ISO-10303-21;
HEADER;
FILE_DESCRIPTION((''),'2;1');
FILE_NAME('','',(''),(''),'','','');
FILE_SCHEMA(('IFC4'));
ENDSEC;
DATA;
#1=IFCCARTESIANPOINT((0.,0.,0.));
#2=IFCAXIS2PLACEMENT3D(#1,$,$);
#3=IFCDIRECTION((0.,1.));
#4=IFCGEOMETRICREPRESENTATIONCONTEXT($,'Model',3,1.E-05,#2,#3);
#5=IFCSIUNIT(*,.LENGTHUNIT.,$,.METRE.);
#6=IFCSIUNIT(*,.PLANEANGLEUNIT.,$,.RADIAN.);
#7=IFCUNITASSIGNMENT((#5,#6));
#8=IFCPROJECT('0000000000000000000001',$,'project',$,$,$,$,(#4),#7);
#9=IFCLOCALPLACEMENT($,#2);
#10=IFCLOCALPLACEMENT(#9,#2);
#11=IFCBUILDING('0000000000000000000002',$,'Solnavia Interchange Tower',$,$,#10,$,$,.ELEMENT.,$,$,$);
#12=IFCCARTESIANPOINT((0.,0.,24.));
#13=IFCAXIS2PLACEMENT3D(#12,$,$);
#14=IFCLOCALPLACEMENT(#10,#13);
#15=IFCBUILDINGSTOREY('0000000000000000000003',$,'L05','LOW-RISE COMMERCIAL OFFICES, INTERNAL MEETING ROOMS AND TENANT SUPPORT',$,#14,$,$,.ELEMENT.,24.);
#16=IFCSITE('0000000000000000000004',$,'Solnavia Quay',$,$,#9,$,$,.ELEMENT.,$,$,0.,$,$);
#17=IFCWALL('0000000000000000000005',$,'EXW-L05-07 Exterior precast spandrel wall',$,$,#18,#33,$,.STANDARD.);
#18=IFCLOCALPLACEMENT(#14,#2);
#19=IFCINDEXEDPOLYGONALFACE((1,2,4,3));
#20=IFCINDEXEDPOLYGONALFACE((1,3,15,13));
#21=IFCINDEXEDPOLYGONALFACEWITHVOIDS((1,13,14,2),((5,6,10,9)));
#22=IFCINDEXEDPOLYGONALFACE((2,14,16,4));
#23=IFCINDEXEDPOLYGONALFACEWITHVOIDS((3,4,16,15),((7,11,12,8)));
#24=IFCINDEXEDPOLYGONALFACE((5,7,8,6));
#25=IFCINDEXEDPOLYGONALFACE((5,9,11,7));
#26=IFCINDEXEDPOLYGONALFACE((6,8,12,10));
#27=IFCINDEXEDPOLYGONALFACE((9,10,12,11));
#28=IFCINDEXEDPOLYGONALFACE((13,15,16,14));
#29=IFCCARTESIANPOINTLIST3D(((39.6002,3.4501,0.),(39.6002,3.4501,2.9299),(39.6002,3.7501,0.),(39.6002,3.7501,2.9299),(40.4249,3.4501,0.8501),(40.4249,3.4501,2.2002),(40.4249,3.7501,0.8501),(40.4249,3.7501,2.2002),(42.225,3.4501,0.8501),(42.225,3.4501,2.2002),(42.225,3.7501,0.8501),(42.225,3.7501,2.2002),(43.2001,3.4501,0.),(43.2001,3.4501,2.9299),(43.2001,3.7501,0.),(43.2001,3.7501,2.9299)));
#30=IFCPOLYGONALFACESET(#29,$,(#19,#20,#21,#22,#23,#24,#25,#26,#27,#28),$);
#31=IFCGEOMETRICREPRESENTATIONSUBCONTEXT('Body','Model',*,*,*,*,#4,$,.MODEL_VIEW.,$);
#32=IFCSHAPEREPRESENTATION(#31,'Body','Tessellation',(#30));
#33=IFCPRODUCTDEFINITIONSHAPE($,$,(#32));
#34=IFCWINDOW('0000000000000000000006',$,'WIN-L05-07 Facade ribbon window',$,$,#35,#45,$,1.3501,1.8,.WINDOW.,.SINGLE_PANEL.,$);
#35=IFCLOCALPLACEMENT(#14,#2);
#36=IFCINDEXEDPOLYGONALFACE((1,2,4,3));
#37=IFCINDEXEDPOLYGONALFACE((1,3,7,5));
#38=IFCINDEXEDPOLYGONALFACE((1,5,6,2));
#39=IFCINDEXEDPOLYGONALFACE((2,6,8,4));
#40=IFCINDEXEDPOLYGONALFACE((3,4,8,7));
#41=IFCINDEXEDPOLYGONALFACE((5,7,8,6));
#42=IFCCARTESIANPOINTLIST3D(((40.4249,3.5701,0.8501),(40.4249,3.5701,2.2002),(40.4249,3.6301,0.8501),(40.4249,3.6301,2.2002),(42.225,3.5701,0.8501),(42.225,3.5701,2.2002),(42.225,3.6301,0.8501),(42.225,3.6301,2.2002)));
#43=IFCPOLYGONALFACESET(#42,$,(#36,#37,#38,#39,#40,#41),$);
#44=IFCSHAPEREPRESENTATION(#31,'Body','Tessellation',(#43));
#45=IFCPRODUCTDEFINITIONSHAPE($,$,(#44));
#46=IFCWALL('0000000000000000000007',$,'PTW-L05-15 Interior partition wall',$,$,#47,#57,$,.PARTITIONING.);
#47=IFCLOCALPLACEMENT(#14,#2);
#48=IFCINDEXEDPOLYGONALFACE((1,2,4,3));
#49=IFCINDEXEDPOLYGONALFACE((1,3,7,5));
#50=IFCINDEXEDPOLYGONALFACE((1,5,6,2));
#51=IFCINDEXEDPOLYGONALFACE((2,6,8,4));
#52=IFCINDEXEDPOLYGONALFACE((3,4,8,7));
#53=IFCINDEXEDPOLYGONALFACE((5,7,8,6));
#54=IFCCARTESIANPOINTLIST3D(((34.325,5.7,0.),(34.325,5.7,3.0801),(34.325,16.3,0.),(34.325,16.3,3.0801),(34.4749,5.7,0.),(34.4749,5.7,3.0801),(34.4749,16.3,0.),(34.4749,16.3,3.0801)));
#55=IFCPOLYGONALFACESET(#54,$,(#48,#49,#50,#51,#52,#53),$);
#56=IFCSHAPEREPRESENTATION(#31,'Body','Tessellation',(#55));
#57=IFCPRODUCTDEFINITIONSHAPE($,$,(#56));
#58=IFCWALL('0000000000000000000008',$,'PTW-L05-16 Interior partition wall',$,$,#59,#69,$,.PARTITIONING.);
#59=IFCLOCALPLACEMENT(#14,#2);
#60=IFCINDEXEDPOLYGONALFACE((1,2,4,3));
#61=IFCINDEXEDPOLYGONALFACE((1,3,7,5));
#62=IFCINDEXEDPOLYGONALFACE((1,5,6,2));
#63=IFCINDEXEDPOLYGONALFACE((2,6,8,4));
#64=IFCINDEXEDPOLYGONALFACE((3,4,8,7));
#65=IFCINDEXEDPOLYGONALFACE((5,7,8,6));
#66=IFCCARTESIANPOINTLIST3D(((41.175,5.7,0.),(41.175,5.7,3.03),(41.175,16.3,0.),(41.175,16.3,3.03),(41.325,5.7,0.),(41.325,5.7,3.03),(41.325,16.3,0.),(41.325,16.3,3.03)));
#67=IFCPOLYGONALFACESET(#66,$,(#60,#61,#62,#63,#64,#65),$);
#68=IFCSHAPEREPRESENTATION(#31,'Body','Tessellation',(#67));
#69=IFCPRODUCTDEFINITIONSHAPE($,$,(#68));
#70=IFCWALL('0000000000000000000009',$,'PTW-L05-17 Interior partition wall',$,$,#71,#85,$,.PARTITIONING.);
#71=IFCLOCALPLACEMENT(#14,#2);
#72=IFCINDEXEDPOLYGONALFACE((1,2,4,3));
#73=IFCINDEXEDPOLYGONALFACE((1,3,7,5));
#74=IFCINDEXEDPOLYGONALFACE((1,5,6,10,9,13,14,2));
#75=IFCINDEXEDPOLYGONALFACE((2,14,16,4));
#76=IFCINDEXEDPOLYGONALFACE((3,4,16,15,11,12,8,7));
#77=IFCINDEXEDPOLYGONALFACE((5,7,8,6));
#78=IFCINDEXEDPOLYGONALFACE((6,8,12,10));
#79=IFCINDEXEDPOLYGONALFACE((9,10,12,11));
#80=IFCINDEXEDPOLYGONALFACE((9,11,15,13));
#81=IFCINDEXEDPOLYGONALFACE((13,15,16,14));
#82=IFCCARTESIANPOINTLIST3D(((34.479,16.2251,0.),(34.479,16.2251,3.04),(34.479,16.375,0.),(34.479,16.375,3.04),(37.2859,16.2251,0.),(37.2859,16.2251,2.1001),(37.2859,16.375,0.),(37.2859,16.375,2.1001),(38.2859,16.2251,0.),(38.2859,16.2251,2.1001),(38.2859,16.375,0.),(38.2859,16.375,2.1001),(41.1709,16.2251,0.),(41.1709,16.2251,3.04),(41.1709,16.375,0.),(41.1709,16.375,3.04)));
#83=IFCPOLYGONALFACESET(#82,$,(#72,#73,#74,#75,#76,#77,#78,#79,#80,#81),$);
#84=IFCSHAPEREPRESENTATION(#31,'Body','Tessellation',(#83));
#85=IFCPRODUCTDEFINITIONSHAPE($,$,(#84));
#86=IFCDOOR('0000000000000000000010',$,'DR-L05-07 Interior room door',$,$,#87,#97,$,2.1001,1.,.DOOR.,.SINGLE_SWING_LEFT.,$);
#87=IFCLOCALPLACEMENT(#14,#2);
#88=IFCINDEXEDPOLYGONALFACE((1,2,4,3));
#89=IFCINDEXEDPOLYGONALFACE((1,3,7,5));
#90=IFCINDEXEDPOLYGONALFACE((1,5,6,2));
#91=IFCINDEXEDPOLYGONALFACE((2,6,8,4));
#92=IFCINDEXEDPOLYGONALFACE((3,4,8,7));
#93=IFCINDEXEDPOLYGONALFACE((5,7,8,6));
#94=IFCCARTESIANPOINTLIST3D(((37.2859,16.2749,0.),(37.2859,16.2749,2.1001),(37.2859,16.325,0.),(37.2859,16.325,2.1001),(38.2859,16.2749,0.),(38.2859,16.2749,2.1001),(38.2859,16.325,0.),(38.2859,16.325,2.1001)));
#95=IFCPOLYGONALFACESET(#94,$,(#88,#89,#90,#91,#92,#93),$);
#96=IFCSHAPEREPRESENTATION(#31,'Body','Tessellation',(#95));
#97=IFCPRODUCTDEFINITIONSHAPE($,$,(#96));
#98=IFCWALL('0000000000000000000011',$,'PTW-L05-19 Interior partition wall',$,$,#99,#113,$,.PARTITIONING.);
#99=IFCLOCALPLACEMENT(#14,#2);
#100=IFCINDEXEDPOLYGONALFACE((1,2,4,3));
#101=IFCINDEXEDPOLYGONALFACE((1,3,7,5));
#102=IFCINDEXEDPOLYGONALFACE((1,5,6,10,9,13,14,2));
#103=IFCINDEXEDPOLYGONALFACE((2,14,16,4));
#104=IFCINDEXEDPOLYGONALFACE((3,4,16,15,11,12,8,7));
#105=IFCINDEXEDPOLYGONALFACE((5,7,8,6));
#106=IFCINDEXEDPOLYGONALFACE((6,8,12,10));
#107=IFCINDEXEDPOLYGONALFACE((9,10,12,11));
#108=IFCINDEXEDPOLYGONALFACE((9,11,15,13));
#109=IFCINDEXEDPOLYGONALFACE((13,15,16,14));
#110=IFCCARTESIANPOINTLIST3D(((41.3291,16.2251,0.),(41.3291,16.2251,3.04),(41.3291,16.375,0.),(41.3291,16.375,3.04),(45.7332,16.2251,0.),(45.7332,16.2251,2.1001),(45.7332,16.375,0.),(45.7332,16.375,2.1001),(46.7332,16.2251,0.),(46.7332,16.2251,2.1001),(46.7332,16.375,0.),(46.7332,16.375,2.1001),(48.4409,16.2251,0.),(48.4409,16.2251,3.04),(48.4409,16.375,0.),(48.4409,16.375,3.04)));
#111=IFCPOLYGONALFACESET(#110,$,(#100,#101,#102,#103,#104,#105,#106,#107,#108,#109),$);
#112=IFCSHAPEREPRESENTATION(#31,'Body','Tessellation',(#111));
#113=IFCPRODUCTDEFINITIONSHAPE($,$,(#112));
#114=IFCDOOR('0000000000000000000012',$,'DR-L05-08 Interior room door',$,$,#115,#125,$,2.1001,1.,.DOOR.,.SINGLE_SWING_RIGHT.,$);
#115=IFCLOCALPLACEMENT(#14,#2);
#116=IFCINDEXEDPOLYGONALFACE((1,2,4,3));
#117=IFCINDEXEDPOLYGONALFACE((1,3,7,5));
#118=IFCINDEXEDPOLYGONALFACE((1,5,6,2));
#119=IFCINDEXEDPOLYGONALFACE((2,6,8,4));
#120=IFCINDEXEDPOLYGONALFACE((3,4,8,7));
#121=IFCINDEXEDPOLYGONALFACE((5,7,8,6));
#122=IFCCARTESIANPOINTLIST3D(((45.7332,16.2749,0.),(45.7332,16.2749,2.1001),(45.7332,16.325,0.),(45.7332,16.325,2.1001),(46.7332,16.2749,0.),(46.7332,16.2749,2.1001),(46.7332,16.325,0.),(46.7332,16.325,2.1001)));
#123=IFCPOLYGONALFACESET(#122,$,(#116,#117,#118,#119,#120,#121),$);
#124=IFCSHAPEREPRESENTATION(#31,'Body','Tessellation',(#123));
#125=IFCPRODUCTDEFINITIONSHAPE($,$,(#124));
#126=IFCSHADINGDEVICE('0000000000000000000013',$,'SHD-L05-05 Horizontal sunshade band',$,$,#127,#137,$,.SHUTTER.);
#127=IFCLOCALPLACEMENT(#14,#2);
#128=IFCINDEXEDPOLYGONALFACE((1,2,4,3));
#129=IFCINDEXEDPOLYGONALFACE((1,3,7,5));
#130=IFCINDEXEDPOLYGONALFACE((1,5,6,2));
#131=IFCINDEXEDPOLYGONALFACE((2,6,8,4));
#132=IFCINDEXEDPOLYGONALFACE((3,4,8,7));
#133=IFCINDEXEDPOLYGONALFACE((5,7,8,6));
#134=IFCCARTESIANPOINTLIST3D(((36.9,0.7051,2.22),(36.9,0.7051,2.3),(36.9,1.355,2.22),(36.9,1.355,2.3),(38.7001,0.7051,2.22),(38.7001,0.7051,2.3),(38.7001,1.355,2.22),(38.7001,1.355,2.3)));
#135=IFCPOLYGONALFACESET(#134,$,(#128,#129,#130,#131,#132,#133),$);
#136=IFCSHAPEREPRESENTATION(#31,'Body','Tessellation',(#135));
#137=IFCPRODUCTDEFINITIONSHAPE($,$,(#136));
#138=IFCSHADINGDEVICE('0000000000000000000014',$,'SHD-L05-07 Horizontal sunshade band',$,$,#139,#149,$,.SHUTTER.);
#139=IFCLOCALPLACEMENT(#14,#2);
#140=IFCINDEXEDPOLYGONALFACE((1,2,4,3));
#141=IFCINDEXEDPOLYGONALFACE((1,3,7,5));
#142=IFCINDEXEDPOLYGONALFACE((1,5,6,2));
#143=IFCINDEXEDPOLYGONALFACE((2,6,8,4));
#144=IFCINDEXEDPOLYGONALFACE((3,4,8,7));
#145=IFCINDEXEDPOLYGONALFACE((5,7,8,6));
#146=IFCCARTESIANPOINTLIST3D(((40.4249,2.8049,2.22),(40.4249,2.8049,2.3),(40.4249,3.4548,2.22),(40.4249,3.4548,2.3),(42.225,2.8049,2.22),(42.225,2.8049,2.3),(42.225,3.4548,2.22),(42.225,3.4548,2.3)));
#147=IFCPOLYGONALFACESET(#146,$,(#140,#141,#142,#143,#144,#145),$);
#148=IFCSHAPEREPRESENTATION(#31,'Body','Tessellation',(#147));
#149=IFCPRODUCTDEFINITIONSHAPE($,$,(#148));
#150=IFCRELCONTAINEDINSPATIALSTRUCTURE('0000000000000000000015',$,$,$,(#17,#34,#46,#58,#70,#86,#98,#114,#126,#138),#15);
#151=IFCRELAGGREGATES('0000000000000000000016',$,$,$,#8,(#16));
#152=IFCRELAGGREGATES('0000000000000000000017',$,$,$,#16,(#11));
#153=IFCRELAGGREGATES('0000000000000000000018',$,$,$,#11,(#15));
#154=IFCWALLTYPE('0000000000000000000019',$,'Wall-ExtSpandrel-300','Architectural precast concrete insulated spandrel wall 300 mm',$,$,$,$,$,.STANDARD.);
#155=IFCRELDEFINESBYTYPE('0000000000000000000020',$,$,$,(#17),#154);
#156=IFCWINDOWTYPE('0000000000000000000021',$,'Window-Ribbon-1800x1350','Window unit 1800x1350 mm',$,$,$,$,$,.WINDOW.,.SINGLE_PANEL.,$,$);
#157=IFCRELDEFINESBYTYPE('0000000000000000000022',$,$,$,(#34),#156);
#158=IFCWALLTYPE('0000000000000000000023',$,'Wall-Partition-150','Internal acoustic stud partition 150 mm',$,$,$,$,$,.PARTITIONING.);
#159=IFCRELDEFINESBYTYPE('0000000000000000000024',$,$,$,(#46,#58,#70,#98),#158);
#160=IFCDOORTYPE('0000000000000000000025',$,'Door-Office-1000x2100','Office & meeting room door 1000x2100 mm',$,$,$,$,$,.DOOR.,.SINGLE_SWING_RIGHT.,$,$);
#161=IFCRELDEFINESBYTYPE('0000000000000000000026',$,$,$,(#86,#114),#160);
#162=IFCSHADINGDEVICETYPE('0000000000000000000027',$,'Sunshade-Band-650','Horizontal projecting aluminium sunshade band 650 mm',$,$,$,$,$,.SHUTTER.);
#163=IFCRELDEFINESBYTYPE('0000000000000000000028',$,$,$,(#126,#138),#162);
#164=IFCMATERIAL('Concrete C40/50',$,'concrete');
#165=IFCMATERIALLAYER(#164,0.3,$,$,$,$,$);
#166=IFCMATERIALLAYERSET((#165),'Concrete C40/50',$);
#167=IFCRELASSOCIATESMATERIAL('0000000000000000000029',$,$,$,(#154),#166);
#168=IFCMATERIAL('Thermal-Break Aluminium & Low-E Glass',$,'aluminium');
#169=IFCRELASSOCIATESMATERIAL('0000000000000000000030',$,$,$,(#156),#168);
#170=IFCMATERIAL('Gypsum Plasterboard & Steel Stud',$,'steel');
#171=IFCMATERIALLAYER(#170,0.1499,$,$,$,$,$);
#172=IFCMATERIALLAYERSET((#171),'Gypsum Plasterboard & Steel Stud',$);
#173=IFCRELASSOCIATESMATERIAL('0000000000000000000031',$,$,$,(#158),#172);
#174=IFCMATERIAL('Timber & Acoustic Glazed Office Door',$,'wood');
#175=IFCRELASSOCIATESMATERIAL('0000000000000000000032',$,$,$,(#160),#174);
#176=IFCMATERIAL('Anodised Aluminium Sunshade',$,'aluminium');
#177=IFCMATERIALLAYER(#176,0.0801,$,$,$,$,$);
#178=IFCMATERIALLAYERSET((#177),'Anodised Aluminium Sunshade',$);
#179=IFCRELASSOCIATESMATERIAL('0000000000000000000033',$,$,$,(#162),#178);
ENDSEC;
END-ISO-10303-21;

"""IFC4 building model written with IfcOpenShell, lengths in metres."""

from ifc_helpers import new_model, si_unit, direction, frame, frame_2d, origin, origin_2d, place, context, subcontext, project, spatial, rectangle, extrude, material, layer, layer_set, type_object, element, fill, save


model = new_model("IFC4")

# Units and contexts
model_context = context("Model", 3, precision=1e-05, world=origin(), true_north=direction((0.0, 1.0)))
body_context = subcontext(model_context, "Body", "Model", "MODEL_VIEW")
ifc_project = project(units=[si_unit("LENGTHUNIT", "METRE"), si_unit("PLANEANGLEUNIT", "RADIAN")], contexts=[model_context])

# Site, building, storey
site_placement = place(None, origin())
site = spatial("IfcSite", under=ifc_project, at=site_placement, Name="Solnavia Quay", CompositionType="ELEMENT", RefElevation=0.0)
building_placement = place(site_placement, origin())
building = spatial("IfcBuilding", under=site, at=building_placement, Name="Solnavia Interchange Tower", CompositionType="ELEMENT")
storey_placement = place(building_placement, frame((0.0, 0.0, 24.0)))
storey = spatial("IfcBuildingStorey", under=building, at=storey_placement, Name="L05", Description="LOW-RISE COMMERCIAL OFFICES, INTERNAL MEETING ROOMS AND TENANT SUPPORT", CompositionType="ELEMENT", Elevation=24.0)

# Shared definitions
ifc_material_1 = material(Name="Concrete C40/50", Category="concrete")
ifc_layer_1 = layer(ifc_material_1, 0.3)
ifc_layer_set_1 = layer_set([ifc_layer_1], Name="Concrete C40/50")
wall_type_1 = type_object("IfcWallType", Name="Wall-ExtSpandrel-300", Description="Architectural precast concrete insulated spandrel wall 300 mm", PredefinedType="STANDARD", material=ifc_layer_set_1)
ifc_material_2 = material(Name="Thermal-Break Aluminium & Low-E Glass", Category="aluminium")
window_type = type_object("IfcWindowType", Name="Window-Ribbon-1800x1350", Description="Window unit 1800x1350 mm", PartitioningType="SINGLE_PANEL", PredefinedType="WINDOW", material=ifc_material_2)

# Wall, opening, window
wall_1_placement = place(storey_placement, frame((43.2, 3.6001, 0.0), z_axis=(0.0, 0.0, 1.0), x_axis=(-1.0, 0.0, 0.0)))
wall_1 = element("IfcWall", 1, at=wall_1_placement, inside=storey, type_object=wall_type_1, Name="EXW-L05-07 Exterior precast spandrel wall", PredefinedType="STANDARD", context=body_context, shape_type="SweptSolid", body=[
    extrude(rectangle(XDim=3.5999, YDim=0.3, at=frame_2d((1.7998, 0.0))), origin(), (0.0, 0.0, 1.0), 2.9299),
])
opening_1_placement = place(wall_1_placement, frame((0.9751, 0.0, 0.8501)))
opening_1 = element("IfcOpeningElement", 2, at=opening_1_placement, cuts=wall_1, PredefinedType="OPENING", context=body_context, shape_type="SweptSolid", body=[
    extrude(rectangle(XDim=1.8, YDim=1.3501, at=frame_2d((0.8999, 0.675))), frame((0.0, 0.1602, 0.0), z_axis=(0.0, -1.0, 0.0), x_axis=(1.0, 0.0, 0.0)), (0.0, 0.0, 1.0), 0.3201),
])
window_1_placement = place(opening_1_placement, origin())
window_1 = element("IfcWindow", 3, at=window_1_placement, inside=storey, type_object=window_type, Name="WIN-L05-07 Facade ribbon window", OverallHeight=1.3501, OverallWidth=1.8, PartitioningType="SINGLE_PANEL", PredefinedType="WINDOW", context=body_context, shape_type="SweptSolid", body=[
    extrude(rectangle(XDim=1.8, YDim=1.3501, at=frame_2d((0.8999, 0.675))), frame((0.0, 0.03, 0.0), z_axis=(0.0, -1.0, 0.0), x_axis=(1.0, 0.0, 0.0)), (0.0, 0.0, 1.0), 0.0601),
])
fill(opening_1, window_1)

# Walls
ifc_material_3 = material(Name="Gypsum Plasterboard & Steel Stud", Category="steel")
ifc_layer_2 = layer(ifc_material_3, 0.1499)
ifc_layer_set_2 = layer_set([ifc_layer_2], Name="Gypsum Plasterboard & Steel Stud")
wall_type_2 = type_object("IfcWallType", Name="Wall-Partition-150", Description="Internal acoustic stud partition 150 mm", PredefinedType="PARTITIONING", material=ifc_layer_set_2)
wall_2_placement = place(storey_placement, frame((34.3999, 5.7, 0.0), z_axis=(0.0, 0.0, 1.0), x_axis=(0.0, 1.0, 0.0)))
element("IfcWall", 4, at=wall_2_placement, inside=storey, type_object=wall_type_2, Name="PTW-L05-15 Interior partition wall", PredefinedType="PARTITIONING", context=body_context, shape_type="SweptSolid", body=[
    extrude(rectangle(XDim=10.6001, YDim=0.1499, at=frame_2d((5.3, 0.0))), origin(), (0.0, 0.0, 1.0), 3.0801),
])
wall_3_placement = place(storey_placement, frame((41.25, 5.7, 0.0), z_axis=(0.0, 0.0, 1.0), x_axis=(0.0, 1.0, 0.0)))
element("IfcWall", 5, at=wall_3_placement, inside=storey, type_object=wall_type_2, Name="PTW-L05-16 Interior partition wall", PredefinedType="PARTITIONING", context=body_context, shape_type="SweptSolid", body=[
    extrude(rectangle(XDim=10.6001, YDim=0.1499, at=frame_2d((5.3, 0.0))), origin(), (0.0, 0.0, 1.0), 3.03),
])

# Walls, openings, doors
wall_4_placement = place(storey_placement, frame((34.479, 16.3, 0.0), z_axis=(0.0, 0.0, 1.0), x_axis=(1.0, 0.0, 0.0)))
wall_4 = element("IfcWall", 6, at=wall_4_placement, inside=storey, type_object=wall_type_2, Name="PTW-L05-17 Interior partition wall", PredefinedType="PARTITIONING", context=body_context, shape_type="SweptSolid", body=[
    extrude(rectangle(XDim=6.6919, YDim=0.1499, at=frame_2d((3.3459, 0.0))), origin(), (0.0, 0.0, 1.0), 3.04),
])
opening_2_placement = place(wall_4_placement, frame((2.8069, 0.0, 0.0)))
opening_2 = element("IfcOpeningElement", 7, at=opening_2_placement, cuts=wall_4, PredefinedType="OPENING", context=body_context, shape_type="SweptSolid", body=[
    extrude(rectangle(XDim=1.0, YDim=2.1001, at=frame_2d((0.5, 1.05))), frame((0.0, 0.085, 0.0), z_axis=(0.0, -1.0, 0.0), x_axis=(1.0, 0.0, 0.0)), (0.0, 0.0, 1.0), 0.1699),
])
ifc_material_4 = material(Name="Timber & Acoustic Glazed Office Door", Category="wood")
door_type = type_object("IfcDoorType", Name="Door-Office-1000x2100", Description="Office & meeting room door 1000x2100 mm", OperationType="SINGLE_SWING_RIGHT", PredefinedType="DOOR", material=ifc_material_4)
door_1_placement = place(opening_2_placement, origin())
door_1 = element("IfcDoor", 8, at=door_1_placement, inside=storey, type_object=door_type, Name="DR-L05-07 Interior room door", OperationType="SINGLE_SWING_LEFT", OverallHeight=2.1001, OverallWidth=1.0, PredefinedType="DOOR", context=body_context, shape_type="SweptSolid", body=[
    extrude(rectangle(XDim=1.0, YDim=2.1001, at=frame_2d((0.5, 1.05))), frame((0.0, 0.0249, 0.0), z_axis=(0.0, -1.0, 0.0), x_axis=(1.0, 0.0, 0.0)), (0.0, 0.0, 1.0), 0.05),
])
fill(opening_2, door_1)
wall_5_placement = place(storey_placement, frame((41.3291, 16.3, 0.0), z_axis=(0.0, 0.0, 1.0), x_axis=(1.0, 0.0, 0.0)))
wall_5 = element("IfcWall", 9, at=wall_5_placement, inside=storey, type_object=wall_type_2, Name="PTW-L05-19 Interior partition wall", PredefinedType="PARTITIONING", context=body_context, shape_type="SweptSolid", body=[
    extrude(rectangle(XDim=7.1118, YDim=0.1499, at=frame_2d((3.5559, 0.0))), origin(), (0.0, 0.0, 1.0), 3.04),
])
opening_3_placement = place(wall_5_placement, frame((4.4041, 0.0, 0.0)))
opening_3 = element("IfcOpeningElement", 10, at=opening_3_placement, cuts=wall_5, PredefinedType="OPENING", context=body_context, shape_type="SweptSolid", body=[
    extrude(rectangle(XDim=1.0, YDim=2.1001, at=frame_2d((0.5, 1.05))), frame((0.0, 0.085, 0.0), z_axis=(0.0, -1.0, 0.0), x_axis=(1.0, 0.0, 0.0)), (0.0, 0.0, 1.0), 0.1699),
])
door_2_placement = place(opening_3_placement, origin())
door_2 = element("IfcDoor", 11, at=door_2_placement, inside=storey, type_object=door_type, Name="DR-L05-08 Interior room door", OperationType="SINGLE_SWING_RIGHT", OverallHeight=2.1001, OverallWidth=1.0, PredefinedType="DOOR", context=body_context, shape_type="SweptSolid", body=[
    extrude(rectangle(XDim=1.0, YDim=2.1001, at=frame_2d((0.5, 1.05))), frame((0.0, 0.0249, 0.0), z_axis=(0.0, -1.0, 0.0), x_axis=(1.0, 0.0, 0.0)), (0.0, 0.0, 1.0), 0.05),
])
fill(opening_3, door_2)

# Shading devices
ifc_material_5 = material(Name="Anodised Aluminium Sunshade", Category="aluminium")
ifc_layer_3 = layer(ifc_material_5, 0.0801)
ifc_layer_set_3 = layer_set([ifc_layer_3], Name="Anodised Aluminium Sunshade")
shading_device_type = type_object("IfcShadingDeviceType", Name="Sunshade-Band-650", Description="Horizontal projecting aluminium sunshade band 650 mm", PredefinedType="SHUTTER", material=ifc_layer_set_3)
for number, where, z_axis, x_axis, name in (
    (12, (37.8, 1.03, 2.22), (0.0, 0.0, 1.0), (-1.0, 0.0, 0.0), "SHD-L05-05 Horizontal sunshade band"),
    (13, (41.325, 3.1299, 2.22), (0.0, 0.0, 1.0), (-1.0, 0.0, 0.0), "SHD-L05-07 Horizontal sunshade band"),
):
    element("IfcShadingDevice", number, at=place(storey_placement, frame(where, z_axis=z_axis, x_axis=x_axis)), inside=storey, type_object=shading_device_type, Name=name, PredefinedType="SHUTTER", context=body_context, shape_type="SweptSolid", body=[
        extrude(rectangle(XDim=1.8, YDim=0.6499, at=origin_2d()), origin(), (0.0, 0.0, 1.0), 0.0801),
    ])

save(model, "model.ifc")
